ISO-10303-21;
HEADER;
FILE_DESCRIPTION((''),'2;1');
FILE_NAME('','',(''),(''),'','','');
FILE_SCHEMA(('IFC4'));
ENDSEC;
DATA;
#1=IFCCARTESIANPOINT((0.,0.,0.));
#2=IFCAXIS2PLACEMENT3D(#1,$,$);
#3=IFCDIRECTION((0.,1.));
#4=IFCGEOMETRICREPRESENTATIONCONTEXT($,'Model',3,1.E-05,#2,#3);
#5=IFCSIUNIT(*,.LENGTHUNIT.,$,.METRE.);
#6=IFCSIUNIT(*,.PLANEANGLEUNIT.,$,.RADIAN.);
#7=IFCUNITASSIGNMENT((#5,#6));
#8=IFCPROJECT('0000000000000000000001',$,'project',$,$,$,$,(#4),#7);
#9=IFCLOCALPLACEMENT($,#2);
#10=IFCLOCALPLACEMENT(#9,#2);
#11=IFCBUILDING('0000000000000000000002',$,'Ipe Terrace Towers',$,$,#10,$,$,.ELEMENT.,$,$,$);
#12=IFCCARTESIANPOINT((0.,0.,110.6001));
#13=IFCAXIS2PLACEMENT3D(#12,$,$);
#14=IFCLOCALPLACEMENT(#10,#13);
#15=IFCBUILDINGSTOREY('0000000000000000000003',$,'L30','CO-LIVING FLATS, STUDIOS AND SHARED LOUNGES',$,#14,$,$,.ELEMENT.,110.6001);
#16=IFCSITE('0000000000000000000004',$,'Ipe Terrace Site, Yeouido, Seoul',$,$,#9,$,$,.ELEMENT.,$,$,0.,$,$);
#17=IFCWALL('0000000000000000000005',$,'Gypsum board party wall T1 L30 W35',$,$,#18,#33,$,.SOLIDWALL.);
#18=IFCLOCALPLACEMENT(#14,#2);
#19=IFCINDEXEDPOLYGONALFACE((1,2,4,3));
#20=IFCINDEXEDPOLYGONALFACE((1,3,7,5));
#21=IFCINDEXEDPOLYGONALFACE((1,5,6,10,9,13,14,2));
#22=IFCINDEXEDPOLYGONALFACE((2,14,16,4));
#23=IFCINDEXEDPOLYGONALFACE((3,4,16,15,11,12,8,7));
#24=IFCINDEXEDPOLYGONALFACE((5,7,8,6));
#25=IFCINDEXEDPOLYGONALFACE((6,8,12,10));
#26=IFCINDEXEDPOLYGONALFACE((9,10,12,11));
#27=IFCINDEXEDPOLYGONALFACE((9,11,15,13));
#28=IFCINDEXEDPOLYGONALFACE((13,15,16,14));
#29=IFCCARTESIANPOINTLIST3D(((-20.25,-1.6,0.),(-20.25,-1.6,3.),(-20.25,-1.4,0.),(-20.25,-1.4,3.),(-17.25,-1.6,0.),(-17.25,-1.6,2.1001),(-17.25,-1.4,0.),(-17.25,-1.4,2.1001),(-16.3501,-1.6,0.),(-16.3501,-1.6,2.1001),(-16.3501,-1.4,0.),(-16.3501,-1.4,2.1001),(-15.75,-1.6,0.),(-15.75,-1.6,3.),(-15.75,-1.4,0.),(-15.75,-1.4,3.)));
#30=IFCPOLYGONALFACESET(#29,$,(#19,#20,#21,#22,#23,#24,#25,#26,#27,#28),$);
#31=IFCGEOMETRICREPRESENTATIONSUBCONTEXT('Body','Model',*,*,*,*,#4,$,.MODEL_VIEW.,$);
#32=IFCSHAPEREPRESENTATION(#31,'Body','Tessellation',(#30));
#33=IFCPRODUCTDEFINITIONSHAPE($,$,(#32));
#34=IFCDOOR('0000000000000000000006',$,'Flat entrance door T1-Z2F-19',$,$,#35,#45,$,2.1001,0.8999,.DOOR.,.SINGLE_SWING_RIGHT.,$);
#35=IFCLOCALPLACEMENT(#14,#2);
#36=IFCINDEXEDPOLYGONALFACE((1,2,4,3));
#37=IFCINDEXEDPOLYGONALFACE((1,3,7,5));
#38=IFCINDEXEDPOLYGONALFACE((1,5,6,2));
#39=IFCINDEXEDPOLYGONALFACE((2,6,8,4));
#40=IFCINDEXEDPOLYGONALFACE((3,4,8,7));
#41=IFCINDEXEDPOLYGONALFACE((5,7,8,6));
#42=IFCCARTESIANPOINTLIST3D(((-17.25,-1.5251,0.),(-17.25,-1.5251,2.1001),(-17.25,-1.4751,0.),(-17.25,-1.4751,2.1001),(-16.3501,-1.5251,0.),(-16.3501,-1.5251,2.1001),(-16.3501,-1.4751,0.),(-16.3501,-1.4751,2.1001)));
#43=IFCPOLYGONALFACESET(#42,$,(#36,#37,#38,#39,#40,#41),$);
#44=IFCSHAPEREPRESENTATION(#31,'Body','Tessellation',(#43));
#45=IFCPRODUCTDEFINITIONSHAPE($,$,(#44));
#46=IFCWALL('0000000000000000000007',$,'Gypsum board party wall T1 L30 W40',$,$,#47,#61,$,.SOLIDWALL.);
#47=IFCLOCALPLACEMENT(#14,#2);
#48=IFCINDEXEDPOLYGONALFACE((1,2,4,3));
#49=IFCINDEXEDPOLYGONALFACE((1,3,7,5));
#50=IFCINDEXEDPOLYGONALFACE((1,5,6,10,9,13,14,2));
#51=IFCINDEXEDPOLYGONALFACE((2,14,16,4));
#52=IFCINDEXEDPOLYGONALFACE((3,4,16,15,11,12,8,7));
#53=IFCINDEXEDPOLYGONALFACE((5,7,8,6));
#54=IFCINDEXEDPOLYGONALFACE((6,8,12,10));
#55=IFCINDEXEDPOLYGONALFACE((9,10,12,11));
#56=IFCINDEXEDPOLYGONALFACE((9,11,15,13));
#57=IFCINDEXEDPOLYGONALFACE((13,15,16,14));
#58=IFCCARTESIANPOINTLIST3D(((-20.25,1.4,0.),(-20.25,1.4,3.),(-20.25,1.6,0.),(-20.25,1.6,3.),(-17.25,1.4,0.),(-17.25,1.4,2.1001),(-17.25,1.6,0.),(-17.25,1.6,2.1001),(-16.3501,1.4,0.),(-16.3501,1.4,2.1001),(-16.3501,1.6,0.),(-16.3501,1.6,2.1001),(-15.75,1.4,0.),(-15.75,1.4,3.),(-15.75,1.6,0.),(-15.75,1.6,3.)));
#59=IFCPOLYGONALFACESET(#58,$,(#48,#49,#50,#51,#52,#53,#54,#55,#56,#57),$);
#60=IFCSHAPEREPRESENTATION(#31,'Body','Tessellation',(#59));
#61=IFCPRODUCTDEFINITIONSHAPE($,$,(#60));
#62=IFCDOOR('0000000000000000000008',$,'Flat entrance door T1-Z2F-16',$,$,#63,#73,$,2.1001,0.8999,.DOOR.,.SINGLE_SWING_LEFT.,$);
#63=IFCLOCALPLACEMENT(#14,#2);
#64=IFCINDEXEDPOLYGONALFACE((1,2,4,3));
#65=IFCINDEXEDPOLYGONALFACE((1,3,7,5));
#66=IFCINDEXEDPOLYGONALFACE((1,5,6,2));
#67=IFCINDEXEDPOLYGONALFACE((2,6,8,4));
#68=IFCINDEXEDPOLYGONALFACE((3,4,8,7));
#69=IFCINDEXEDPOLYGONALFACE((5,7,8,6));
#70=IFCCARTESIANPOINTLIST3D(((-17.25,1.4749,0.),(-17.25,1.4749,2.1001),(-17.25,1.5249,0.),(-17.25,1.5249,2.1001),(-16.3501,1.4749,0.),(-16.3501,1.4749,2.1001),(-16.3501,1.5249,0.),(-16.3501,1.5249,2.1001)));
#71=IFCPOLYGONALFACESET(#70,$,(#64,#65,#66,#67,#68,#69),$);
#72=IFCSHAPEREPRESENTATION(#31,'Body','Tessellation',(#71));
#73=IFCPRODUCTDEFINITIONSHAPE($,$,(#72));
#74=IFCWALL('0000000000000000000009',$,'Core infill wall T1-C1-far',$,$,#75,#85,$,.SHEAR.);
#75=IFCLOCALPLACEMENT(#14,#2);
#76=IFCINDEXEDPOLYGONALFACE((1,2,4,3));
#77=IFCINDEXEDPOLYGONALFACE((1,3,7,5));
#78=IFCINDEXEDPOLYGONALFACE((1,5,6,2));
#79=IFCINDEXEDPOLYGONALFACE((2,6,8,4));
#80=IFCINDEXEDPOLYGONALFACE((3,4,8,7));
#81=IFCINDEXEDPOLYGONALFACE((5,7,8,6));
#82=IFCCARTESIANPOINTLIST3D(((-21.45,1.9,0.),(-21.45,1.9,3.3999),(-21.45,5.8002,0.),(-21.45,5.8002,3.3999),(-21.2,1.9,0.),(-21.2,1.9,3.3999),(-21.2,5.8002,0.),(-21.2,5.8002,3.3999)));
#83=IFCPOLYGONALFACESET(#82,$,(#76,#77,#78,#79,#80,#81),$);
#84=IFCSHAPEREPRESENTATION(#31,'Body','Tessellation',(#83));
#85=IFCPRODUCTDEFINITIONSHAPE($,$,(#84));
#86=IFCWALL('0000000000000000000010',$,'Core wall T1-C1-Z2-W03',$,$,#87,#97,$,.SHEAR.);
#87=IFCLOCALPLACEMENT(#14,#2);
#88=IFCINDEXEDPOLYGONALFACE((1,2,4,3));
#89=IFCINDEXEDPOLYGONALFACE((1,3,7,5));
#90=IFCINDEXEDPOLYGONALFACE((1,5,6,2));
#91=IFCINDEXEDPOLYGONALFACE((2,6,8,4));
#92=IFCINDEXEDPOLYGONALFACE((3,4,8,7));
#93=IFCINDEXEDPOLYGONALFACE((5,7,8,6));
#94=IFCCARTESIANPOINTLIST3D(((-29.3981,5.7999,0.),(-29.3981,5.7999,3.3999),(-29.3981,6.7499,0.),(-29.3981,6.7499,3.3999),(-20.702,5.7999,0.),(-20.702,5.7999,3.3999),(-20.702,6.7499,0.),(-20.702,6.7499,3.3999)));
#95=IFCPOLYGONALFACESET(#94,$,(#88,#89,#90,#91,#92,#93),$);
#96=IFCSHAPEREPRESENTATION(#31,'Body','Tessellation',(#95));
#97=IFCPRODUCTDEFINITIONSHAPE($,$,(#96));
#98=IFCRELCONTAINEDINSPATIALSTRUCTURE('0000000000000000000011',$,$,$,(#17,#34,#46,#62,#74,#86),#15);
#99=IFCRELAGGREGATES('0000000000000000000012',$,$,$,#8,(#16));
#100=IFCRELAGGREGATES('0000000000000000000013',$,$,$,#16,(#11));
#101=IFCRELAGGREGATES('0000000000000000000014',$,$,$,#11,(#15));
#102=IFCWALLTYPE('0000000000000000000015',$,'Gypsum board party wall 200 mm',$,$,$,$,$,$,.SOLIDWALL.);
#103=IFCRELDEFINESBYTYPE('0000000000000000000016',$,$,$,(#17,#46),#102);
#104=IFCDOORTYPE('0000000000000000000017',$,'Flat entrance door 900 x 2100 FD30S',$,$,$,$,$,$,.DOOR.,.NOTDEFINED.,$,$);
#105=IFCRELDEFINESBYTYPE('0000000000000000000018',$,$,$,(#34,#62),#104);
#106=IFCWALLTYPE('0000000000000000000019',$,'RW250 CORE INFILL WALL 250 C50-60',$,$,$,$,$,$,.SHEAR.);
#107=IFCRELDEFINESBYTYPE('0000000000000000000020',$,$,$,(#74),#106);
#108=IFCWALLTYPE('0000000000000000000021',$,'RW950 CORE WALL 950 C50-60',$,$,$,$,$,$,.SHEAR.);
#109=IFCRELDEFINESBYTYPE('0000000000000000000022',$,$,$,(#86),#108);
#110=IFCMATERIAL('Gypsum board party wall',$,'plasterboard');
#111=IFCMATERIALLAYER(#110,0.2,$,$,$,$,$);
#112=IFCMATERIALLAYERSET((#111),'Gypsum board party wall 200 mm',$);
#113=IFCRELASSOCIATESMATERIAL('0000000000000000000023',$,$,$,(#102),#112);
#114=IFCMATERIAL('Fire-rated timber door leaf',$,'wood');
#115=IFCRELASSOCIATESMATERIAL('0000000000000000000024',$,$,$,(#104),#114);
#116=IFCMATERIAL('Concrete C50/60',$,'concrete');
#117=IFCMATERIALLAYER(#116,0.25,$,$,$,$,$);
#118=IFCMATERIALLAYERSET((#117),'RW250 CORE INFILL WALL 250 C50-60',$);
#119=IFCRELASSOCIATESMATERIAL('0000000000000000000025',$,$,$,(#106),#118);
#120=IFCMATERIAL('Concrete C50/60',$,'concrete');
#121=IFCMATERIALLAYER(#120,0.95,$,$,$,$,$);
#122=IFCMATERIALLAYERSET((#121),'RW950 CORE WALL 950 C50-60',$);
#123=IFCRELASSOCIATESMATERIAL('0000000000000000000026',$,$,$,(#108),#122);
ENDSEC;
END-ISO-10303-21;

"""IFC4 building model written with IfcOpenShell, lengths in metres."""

from ifc_helpers import new_model, si_unit, direction, frame, frame_2d, origin, place, context, subcontext, project, spatial, rectangle, extrude, material, layer, layer_set, type_object, element, fill, save


model = new_model("IFC4")

# Units and contexts
model_context = context("Model", 3, precision=1e-05, world=origin(), true_north=direction((0.0, 1.0)))
body_context = subcontext(model_context, "Body", "Model", "MODEL_VIEW")
ifc_project = project(units=[si_unit("LENGTHUNIT", "METRE"), si_unit("PLANEANGLEUNIT", "RADIAN")], contexts=[model_context])

# Site, building, storey
site_placement = place(None, origin())
site = spatial("IfcSite", under=ifc_project, at=site_placement, Name="Ipe Terrace Site, Yeouido, Seoul", CompositionType="ELEMENT", RefElevation=0.0)
building_placement = place(site_placement, origin())
building = spatial("IfcBuilding", under=site, at=building_placement, Name="Ipe Terrace Towers", CompositionType="ELEMENT")
storey_placement = place(building_placement, frame((0.0, 0.0, 110.6001)))
storey = spatial("IfcBuildingStorey", under=building, at=storey_placement, Name="L30", Description="CO-LIVING FLATS, STUDIOS AND SHARED LOUNGES", CompositionType="ELEMENT", Elevation=110.6001)

# Shared definitions
ifc_material_1 = material(Name="Gypsum board party wall", Category="plasterboard")
ifc_layer_1 = layer(ifc_material_1, 0.2)
ifc_layer_set_1 = layer_set([ifc_layer_1], Name="Gypsum board party wall 200 mm")
wall_type_1 = type_object("IfcWallType", Name="Gypsum board party wall 200 mm", PredefinedType="SOLIDWALL", material=ifc_layer_set_1)

# Walls, openings, doors
wall_1_placement = place(storey_placement, frame((-20.25, -1.5, 0.0), z_axis=(0.0, 0.0, 1.0), x_axis=(1.0, 0.0, 0.0)))
wall_1 = element("IfcWall", 1, at=wall_1_placement, inside=storey, type_object=wall_type_1, Name="Gypsum board party wall T1 L30 W35", PredefinedType="SOLIDWALL", context=body_context, shape_type="SweptSolid", body=[
    extrude(rectangle(XDim=4.5, YDim=0.2, at=frame_2d((2.25, 0.0))), origin(), (0.0, 0.0, 1.0), 3.0),
])
opening_1_placement = place(wall_1_placement, frame((3.0, 0.0, 0.0)))
opening_1 = element("IfcOpeningElement", 2, at=opening_1_placement, cuts=wall_1, PredefinedType="OPENING", context=body_context, shape_type="SweptSolid", body=[
    extrude(rectangle(XDim=0.8999, YDim=2.1001, at=frame_2d((0.45, 1.05))), frame((0.0, 0.1099, 0.0), z_axis=(0.0, -1.0, 0.0), x_axis=(1.0, 0.0, 0.0)), (0.0, 0.0, 1.0), 0.22),
])
ifc_material_2 = material(Name="Fire-rated timber door leaf", Category="wood")
door_type_1 = type_object("IfcDoorType", Name="Flat entrance door 900 x 2100 FD30S", OperationType="NOTDEFINED", PredefinedType="DOOR", material=ifc_material_2)
door_1_placement = place(opening_1_placement, origin())
door_1 = element("IfcDoor", 3, at=door_1_placement, inside=storey, type_object=door_type_1, Name="Flat entrance door T1-Z2F-19", OperationType="SINGLE_SWING_RIGHT", OverallHeight=2.1001, OverallWidth=0.8999, PredefinedType="DOOR", context=body_context, shape_type="SweptSolid", body=[
    extrude(rectangle(XDim=0.8999, YDim=2.1001, at=frame_2d((0.45, 1.05))), frame((0.0, 0.0249, 0.0), z_axis=(0.0, -1.0, 0.0), x_axis=(1.0, 0.0, 0.0)), (0.0, 0.0, 1.0), 0.05),
])
fill(opening_1, door_1)
wall_2_placement = place(storey_placement, frame((-20.25, 1.5, 0.0), z_axis=(0.0, 0.0, 1.0), x_axis=(1.0, 0.0, 0.0)))
wall_2 = element("IfcWall", 4, at=wall_2_placement, inside=storey, type_object=wall_type_1, Name="Gypsum board party wall T1 L30 W40", PredefinedType="SOLIDWALL", context=body_context, shape_type="SweptSolid", body=[
    extrude(rectangle(XDim=4.5, YDim=0.2, at=frame_2d((2.25, 0.0))), origin(), (0.0, 0.0, 1.0), 3.0),
])
opening_2_placement = place(wall_2_placement, frame((3.0, 0.0, 0.0)))
opening_2 = element("IfcOpeningElement", 5, at=opening_2_placement, cuts=wall_2, PredefinedType="OPENING", context=body_context, shape_type="SweptSolid", body=[
    extrude(rectangle(XDim=0.8999, YDim=2.1001, at=frame_2d((0.45, 1.05))), frame((0.0, 0.1099, 0.0), z_axis=(0.0, -1.0, 0.0), x_axis=(1.0, 0.0, 0.0)), (0.0, 0.0, 1.0), 0.22),
])
door_2_placement = place(opening_2_placement, origin())
door_2 = element("IfcDoor", 6, at=door_2_placement, inside=storey, type_object=door_type_1, Name="Flat entrance door T1-Z2F-16", OperationType="SINGLE_SWING_LEFT", OverallHeight=2.1001, OverallWidth=0.8999, PredefinedType="DOOR", context=body_context, shape_type="SweptSolid", body=[
    extrude(rectangle(XDim=0.8999, YDim=2.1001, at=frame_2d((0.45, 1.05))), frame((0.0, 0.0249, 0.0), z_axis=(0.0, -1.0, 0.0), x_axis=(1.0, 0.0, 0.0)), (0.0, 0.0, 1.0), 0.05),
])
fill(opening_2, door_2)

# Walls
ifc_material_3 = material(Name="Concrete C50/60", Category="concrete")
ifc_layer_2 = layer(ifc_material_3, 0.25)
ifc_layer_set_2 = layer_set([ifc_layer_2], Name="RW250 CORE INFILL WALL 250 C50-60")
wall_type_2 = type_object("IfcWallType", Name="RW250 CORE INFILL WALL 250 C50-60", PredefinedType="SHEAR", material=ifc_layer_set_2)
wall_3_placement = place(storey_placement, frame((-21.325, 1.8999, 0.0), z_axis=(0.0, 0.0, 1.0), x_axis=(0.0, 1.0, 0.0)))
element("IfcWall", 7, at=wall_3_placement, inside=storey, type_object=wall_type_2, Name="Core infill wall T1-C1-far", PredefinedType="SHEAR", context=body_context, shape_type="SweptSolid", body=[
    extrude(rectangle(XDim=3.9001, YDim=0.25, at=frame_2d((1.9502, 0.0))), origin(), (0.0, 0.0, 1.0), 3.3999),
])
ifc_material_4 = material(Name="Concrete C50/60", Category="concrete")
ifc_layer_3 = layer(ifc_material_4, 0.95)
ifc_layer_set_3 = layer_set([ifc_layer_3], Name="RW950 CORE WALL 950 C50-60")
wall_type_3 = type_object("IfcWallType", Name="RW950 CORE WALL 950 C50-60", PredefinedType="SHEAR", material=ifc_layer_set_3)
wall_4_placement = place(storey_placement, frame((-20.7019, 6.2749, 0.0), z_axis=(0.0, 0.0, 1.0), x_axis=(-1.0, 0.0, 0.0)))
element("IfcWall", 8, at=wall_4_placement, inside=storey, type_object=wall_type_3, Name="Core wall T1-C1-Z2-W03", PredefinedType="SHEAR", context=body_context, shape_type="SweptSolid", body=[
    extrude(rectangle(XDim=8.696, YDim=0.95, at=frame_2d((4.3481, 0.0))), origin(), (0.0, 0.0, 1.0), 3.3999),
])

save(model, "model.ifc")
